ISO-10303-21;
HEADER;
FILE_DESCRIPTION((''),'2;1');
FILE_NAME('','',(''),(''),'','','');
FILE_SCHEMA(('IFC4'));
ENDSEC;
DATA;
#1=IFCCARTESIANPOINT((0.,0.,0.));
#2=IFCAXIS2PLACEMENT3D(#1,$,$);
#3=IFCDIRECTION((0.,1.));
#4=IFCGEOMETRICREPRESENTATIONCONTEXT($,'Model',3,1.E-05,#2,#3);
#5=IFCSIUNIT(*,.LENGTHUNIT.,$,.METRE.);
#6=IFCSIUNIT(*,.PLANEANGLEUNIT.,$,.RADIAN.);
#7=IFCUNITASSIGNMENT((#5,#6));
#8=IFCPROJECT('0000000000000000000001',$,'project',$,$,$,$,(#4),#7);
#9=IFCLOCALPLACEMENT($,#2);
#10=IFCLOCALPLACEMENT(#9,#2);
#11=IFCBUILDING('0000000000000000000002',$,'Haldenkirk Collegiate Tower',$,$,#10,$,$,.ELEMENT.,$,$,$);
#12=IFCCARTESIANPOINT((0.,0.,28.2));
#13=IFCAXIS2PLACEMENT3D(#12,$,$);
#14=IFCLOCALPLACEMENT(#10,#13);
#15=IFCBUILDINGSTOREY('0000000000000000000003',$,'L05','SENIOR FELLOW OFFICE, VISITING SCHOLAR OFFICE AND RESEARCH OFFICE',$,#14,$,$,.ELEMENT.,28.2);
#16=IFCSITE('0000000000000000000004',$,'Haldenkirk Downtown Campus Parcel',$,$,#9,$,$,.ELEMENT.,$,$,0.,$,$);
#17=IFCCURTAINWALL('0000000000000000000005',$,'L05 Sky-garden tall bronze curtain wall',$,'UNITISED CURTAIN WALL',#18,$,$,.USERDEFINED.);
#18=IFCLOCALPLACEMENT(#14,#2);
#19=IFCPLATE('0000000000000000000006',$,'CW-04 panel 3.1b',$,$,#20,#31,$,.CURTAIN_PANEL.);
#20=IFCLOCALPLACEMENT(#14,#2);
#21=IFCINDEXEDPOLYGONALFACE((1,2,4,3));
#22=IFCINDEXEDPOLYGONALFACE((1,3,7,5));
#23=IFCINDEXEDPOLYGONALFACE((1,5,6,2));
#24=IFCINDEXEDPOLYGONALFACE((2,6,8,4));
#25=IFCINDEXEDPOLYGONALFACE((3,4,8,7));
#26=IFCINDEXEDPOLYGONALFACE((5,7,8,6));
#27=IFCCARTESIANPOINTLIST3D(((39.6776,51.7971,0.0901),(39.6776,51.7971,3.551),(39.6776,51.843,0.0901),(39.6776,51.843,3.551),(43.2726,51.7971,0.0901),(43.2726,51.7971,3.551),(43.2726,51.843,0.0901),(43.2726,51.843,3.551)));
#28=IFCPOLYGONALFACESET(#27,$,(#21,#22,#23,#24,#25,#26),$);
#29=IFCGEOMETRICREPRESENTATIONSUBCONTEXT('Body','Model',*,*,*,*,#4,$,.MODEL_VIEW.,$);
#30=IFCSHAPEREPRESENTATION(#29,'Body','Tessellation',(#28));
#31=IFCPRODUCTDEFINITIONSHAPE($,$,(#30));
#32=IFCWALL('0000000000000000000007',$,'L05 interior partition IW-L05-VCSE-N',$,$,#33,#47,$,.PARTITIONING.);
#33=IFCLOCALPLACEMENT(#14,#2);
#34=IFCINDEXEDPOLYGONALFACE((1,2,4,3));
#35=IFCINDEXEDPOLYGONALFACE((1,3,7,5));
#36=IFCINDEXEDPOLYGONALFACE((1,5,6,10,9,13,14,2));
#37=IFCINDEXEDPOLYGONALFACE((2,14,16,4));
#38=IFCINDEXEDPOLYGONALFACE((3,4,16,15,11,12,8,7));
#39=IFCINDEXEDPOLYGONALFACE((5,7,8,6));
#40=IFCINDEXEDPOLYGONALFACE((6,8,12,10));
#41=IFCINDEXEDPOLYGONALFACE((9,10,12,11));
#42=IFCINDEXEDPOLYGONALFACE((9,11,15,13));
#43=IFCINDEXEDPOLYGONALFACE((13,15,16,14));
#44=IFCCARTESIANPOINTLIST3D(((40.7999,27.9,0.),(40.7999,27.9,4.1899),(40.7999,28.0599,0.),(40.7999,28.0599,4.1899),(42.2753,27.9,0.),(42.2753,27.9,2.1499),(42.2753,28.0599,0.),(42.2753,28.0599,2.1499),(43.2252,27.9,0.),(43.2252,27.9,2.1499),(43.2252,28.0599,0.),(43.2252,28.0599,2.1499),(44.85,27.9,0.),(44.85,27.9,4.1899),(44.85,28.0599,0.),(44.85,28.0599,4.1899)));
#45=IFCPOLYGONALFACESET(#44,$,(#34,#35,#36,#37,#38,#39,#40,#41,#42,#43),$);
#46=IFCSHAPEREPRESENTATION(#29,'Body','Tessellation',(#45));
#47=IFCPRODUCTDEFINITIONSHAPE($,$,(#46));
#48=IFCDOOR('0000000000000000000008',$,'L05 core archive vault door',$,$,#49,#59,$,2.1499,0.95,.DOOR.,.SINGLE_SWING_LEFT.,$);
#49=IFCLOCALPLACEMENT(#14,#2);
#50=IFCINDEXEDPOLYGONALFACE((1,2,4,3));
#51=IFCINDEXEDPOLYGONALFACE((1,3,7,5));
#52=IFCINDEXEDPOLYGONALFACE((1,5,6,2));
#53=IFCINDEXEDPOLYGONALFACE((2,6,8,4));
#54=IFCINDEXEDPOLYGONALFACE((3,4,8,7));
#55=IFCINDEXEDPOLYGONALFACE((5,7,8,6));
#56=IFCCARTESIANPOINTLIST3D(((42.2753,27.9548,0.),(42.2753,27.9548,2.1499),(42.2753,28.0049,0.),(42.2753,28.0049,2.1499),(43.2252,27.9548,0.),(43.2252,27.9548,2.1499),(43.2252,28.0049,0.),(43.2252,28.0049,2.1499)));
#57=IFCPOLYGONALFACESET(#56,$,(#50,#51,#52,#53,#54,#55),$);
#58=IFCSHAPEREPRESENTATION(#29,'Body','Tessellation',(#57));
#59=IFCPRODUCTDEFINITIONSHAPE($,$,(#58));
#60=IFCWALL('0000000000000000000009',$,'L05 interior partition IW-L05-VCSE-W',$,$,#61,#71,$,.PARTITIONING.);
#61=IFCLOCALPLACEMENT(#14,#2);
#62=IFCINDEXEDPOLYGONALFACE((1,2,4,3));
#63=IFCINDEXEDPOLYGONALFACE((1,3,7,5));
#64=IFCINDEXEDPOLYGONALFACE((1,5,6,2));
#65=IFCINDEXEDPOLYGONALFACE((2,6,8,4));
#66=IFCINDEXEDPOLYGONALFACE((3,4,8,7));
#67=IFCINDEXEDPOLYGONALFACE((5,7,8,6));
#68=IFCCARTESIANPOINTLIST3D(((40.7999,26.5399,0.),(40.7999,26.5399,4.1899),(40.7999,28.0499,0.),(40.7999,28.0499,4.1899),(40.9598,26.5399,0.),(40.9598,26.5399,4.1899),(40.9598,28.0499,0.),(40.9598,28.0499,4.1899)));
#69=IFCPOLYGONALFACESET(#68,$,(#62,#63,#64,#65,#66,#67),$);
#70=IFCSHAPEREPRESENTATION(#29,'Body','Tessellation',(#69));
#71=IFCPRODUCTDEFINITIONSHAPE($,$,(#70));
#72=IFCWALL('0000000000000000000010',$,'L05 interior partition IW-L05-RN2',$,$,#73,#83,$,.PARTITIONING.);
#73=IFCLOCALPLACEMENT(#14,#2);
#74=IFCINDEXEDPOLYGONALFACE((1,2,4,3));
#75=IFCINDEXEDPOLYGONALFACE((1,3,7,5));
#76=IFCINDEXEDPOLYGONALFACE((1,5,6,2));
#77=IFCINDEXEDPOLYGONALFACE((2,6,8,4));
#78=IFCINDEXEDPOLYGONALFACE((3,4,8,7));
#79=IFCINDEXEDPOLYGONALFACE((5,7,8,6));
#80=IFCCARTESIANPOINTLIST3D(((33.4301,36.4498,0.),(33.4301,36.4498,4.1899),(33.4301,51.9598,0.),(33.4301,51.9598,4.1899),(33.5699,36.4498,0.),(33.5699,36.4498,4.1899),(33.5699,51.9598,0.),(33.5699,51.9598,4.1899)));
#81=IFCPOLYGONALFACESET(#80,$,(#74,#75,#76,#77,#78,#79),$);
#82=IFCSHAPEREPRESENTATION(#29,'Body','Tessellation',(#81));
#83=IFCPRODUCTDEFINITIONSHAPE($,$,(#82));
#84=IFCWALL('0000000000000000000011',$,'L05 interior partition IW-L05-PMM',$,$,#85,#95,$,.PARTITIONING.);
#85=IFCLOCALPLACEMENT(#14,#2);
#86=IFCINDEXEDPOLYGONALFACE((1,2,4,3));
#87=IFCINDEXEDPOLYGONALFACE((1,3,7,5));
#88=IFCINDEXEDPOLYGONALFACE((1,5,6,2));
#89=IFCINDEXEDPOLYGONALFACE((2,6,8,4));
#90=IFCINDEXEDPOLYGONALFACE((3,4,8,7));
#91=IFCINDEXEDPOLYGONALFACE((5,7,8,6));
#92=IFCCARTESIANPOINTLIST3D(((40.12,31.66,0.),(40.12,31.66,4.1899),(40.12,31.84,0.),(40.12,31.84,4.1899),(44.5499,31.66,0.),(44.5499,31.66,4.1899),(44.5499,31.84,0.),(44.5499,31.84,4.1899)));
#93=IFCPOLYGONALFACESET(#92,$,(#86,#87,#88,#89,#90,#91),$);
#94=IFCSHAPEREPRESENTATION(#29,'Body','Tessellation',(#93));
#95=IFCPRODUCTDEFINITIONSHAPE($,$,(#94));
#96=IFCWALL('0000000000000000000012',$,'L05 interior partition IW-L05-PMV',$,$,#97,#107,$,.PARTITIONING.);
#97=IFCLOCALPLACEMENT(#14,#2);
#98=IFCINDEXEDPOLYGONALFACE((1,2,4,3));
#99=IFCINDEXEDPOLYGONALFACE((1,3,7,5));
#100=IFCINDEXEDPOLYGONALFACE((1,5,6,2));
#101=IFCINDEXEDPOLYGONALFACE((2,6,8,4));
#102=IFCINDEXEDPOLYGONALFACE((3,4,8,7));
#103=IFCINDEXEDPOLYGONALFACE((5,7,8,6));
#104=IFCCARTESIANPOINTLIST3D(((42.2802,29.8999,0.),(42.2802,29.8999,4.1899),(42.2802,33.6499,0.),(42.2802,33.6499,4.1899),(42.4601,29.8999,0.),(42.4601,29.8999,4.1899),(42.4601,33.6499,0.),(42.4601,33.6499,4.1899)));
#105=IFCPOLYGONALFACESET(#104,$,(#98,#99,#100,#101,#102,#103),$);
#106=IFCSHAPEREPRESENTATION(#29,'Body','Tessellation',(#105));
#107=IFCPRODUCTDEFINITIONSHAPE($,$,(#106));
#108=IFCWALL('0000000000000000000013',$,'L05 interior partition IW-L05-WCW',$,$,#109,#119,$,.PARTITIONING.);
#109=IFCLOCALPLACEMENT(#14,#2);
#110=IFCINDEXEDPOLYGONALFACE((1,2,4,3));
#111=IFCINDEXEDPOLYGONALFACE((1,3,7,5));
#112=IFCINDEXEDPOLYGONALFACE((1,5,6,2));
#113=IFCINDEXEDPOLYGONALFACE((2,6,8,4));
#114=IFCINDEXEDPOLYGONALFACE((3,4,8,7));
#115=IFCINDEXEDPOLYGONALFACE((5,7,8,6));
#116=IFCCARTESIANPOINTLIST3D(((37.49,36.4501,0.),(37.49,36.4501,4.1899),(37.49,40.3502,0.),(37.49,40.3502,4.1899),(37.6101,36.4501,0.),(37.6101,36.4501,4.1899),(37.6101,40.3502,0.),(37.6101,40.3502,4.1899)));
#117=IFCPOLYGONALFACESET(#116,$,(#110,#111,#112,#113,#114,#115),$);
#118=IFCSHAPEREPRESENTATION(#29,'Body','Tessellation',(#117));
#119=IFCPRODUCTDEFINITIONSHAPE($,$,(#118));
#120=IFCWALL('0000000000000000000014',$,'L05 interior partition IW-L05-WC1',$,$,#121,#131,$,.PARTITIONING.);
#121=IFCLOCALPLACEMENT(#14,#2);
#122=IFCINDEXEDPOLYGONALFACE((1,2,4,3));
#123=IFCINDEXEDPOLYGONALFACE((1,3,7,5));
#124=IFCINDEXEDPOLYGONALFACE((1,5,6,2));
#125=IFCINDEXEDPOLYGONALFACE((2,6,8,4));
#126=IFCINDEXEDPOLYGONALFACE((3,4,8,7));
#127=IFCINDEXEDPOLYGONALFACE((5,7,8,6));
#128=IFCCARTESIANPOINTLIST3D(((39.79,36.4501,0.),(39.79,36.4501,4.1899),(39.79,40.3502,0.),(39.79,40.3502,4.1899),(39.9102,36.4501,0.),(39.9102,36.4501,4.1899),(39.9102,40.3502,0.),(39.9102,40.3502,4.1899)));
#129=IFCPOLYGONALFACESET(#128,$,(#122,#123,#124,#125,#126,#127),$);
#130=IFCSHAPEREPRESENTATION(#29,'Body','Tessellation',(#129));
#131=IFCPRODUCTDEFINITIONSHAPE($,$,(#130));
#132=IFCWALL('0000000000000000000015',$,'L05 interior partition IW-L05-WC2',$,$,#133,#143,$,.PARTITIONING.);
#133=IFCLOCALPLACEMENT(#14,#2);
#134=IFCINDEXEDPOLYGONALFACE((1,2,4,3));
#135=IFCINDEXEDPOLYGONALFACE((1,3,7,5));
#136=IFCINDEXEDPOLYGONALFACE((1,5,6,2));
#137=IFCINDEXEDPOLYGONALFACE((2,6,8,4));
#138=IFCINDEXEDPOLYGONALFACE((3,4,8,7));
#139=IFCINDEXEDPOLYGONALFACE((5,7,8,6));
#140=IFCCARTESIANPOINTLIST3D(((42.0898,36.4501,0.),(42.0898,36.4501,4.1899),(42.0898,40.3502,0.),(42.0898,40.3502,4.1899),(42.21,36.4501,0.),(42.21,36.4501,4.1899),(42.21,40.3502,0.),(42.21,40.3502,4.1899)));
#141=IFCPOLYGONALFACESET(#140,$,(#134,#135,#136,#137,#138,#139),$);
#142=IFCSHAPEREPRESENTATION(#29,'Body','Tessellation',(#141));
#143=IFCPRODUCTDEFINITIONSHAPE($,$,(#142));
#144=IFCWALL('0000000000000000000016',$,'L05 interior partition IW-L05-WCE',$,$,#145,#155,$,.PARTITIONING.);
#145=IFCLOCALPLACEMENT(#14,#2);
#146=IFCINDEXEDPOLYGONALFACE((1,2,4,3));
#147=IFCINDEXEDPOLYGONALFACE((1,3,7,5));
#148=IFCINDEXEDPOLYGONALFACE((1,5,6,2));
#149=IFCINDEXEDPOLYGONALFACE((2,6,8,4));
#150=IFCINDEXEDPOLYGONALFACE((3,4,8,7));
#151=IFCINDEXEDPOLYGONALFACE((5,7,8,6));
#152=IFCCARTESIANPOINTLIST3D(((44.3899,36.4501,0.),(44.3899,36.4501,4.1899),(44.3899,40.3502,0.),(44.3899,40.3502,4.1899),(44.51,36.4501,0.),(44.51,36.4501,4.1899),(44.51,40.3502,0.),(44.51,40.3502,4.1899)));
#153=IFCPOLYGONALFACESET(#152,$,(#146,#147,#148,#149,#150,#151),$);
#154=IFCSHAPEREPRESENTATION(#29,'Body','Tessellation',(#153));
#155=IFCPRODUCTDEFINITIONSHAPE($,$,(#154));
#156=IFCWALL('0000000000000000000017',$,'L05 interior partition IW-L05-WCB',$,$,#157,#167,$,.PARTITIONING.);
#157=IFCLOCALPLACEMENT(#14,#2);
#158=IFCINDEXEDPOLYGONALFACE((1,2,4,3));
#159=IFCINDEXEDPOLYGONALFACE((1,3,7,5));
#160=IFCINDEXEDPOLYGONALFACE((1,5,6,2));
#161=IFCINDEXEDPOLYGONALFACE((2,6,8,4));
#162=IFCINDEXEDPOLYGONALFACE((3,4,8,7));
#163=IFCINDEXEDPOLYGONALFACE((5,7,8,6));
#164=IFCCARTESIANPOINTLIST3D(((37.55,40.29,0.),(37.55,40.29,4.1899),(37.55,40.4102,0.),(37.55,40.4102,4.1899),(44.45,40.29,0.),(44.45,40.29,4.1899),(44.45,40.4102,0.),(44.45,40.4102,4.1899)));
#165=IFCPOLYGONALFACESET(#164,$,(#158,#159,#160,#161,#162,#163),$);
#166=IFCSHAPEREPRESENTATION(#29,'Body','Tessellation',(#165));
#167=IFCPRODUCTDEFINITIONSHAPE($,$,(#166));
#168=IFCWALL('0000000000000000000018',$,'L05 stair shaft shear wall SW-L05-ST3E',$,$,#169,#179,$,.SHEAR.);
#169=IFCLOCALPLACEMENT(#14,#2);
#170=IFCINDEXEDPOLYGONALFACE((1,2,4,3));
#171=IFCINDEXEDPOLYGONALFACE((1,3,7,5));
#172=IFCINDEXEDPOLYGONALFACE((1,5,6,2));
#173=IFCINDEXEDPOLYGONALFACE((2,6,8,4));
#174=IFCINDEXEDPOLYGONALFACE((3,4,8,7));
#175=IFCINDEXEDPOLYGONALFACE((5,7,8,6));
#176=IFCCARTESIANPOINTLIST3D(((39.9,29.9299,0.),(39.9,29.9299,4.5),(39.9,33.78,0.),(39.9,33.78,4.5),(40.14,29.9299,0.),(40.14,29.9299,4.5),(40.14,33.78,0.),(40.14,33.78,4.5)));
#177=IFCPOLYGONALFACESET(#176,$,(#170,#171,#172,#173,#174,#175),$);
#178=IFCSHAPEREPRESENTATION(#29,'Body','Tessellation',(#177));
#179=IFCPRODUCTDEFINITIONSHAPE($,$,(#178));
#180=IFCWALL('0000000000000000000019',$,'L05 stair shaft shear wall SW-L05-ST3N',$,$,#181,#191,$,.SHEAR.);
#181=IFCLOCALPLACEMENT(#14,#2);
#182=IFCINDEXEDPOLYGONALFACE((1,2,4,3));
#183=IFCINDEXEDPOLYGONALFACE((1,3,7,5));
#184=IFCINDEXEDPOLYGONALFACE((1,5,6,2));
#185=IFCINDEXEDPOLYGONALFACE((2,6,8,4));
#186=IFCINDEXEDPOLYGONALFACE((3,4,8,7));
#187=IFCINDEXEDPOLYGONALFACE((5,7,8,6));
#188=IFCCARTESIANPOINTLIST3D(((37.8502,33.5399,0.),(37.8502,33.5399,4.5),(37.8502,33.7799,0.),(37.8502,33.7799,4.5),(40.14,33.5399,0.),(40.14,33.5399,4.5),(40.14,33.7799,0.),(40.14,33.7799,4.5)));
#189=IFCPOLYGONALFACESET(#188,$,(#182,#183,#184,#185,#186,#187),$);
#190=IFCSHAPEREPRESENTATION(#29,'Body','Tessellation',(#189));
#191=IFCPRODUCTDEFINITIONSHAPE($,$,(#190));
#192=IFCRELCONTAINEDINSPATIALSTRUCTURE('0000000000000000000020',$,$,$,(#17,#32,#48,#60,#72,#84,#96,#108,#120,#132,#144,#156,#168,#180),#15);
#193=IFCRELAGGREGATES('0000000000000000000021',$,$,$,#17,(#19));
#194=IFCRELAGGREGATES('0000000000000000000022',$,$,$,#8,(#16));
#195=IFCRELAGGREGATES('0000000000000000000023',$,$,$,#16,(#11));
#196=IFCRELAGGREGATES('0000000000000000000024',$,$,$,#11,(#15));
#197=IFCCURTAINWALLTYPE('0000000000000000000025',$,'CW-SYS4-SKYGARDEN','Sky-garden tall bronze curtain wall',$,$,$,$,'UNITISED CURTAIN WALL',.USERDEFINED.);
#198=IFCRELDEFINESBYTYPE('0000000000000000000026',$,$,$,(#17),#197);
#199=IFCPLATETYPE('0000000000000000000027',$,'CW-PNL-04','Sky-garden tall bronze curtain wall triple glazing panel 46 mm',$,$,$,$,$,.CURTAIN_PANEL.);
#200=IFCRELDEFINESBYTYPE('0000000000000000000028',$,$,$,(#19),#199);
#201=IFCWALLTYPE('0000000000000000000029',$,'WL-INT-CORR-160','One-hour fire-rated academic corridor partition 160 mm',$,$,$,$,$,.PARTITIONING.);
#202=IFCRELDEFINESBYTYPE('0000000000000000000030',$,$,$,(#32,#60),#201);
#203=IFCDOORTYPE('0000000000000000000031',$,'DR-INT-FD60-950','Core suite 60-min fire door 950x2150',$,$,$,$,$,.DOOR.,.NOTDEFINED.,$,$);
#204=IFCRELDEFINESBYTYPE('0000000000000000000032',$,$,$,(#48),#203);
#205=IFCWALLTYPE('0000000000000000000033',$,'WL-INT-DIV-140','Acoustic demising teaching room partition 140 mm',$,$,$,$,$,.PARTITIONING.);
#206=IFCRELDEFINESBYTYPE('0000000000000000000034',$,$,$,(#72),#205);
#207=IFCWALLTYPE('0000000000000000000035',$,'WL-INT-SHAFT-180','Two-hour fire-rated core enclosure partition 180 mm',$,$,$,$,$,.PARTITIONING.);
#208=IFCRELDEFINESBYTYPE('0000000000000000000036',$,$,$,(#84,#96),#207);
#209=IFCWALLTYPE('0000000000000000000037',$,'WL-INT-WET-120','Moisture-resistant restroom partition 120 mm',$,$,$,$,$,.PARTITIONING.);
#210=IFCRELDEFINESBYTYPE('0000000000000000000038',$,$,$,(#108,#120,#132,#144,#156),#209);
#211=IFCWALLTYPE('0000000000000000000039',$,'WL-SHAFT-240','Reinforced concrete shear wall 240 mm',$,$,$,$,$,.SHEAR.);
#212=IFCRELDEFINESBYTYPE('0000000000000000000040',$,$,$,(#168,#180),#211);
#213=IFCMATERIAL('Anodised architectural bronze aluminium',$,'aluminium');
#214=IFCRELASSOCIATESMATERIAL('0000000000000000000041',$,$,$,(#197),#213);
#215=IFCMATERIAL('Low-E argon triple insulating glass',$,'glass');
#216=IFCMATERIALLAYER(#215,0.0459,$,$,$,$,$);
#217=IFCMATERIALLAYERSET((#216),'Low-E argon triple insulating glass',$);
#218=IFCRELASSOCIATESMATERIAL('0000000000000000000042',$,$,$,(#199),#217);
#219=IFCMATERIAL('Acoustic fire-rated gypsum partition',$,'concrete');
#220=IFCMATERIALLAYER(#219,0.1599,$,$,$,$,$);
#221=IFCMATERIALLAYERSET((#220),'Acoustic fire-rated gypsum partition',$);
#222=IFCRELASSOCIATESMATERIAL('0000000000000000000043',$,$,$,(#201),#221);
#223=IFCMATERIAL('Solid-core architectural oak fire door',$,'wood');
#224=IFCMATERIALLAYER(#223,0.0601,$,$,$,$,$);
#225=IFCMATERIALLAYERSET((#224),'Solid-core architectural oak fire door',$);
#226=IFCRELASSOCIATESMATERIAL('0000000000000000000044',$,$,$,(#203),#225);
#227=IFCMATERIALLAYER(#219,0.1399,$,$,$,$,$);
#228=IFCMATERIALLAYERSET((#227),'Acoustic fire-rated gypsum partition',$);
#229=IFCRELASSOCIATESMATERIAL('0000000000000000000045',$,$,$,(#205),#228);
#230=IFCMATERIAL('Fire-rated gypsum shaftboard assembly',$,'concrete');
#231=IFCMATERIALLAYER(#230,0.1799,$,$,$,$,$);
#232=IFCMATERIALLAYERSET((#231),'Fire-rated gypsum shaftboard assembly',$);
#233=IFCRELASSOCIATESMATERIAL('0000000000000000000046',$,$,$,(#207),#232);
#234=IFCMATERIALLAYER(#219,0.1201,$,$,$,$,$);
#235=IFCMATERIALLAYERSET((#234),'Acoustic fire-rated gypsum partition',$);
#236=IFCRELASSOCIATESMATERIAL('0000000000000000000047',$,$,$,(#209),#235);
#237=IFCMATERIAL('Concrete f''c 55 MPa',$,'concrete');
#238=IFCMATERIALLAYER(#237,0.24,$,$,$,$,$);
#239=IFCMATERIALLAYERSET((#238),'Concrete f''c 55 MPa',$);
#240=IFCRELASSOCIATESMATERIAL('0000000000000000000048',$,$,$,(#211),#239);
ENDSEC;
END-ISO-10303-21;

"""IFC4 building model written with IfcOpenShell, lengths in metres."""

from ifc_helpers import new_model, si_unit, direction, frame, frame_2d, origin, origin_2d, place, context, subcontext, project, spatial, rectangle, extrude, source, transform, mapped, material, layer, layer_set, type_object, element, fill, aggregate, save


model = new_model("IFC4")

# Units and contexts
model_context = context("Model", 3, precision=1e-05, world=origin(), true_north=direction((0.0, 1.0)))
body_context = subcontext(model_context, "Body", "Model", "MODEL_VIEW")
ifc_project = project(units=[si_unit("LENGTHUNIT", "METRE"), si_unit("PLANEANGLEUNIT", "RADIAN")], contexts=[model_context])

# Site, building, storey
site_placement = place(None, origin())
site = spatial("IfcSite", under=ifc_project, at=site_placement, Name="Haldenkirk Downtown Campus Parcel", CompositionType="ELEMENT", RefElevation=0.0)
building_placement = place(site_placement, origin())
building = spatial("IfcBuilding", under=site, at=building_placement, Name="Haldenkirk Collegiate Tower", CompositionType="ELEMENT")
storey_placement = place(building_placement, frame((0.0, 0.0, 28.2)))
storey = spatial("IfcBuildingStorey", under=building, at=storey_placement, Name="L05", Description="SENIOR FELLOW OFFICE, VISITING SCHOLAR OFFICE AND RESEARCH OFFICE", CompositionType="ELEMENT", Elevation=28.2)

# Curtain wall
ifc_material_1 = material(Name="Anodised architectural bronze aluminium", Category="aluminium")
curtain_wall_type = type_object("IfcCurtainWallType", Name="CW-SYS4-SKYGARDEN", Description="Sky-garden tall bronze curtain wall", ElementType="UNITISED CURTAIN WALL", PredefinedType="USERDEFINED", material=ifc_material_1)
curtain_wall_placement = place(storey_placement, origin())
curtain_wall = element("IfcCurtainWall", 1, at=curtain_wall_placement, inside=storey, type_object=curtain_wall_type, Name="L05 Sky-garden tall bronze curtain wall", ObjectType="UNITISED CURTAIN WALL", PredefinedType="USERDEFINED")

# Plate
ifc_material_2 = material(Name="Low-E argon triple insulating glass", Category="glass")
ifc_layer_1 = layer(ifc_material_2, 0.0459)
ifc_layer_set_1 = layer_set([ifc_layer_1], Name="Low-E argon triple insulating glass")
plate_type_1 = type_object("IfcPlateType", Name="CW-PNL-04", Description="Sky-garden tall bronze curtain wall triple glazing panel 46 mm", PredefinedType="CURTAIN_PANEL", material=ifc_layer_set_1)
shared_shape_1 = source(origin(), body_context, "Body", "SweptSolid", [
    extrude(rectangle(XDim=3.595, YDim=0.0459, at=origin_2d()), origin(), (0.0, 0.0, 1.0), 3.4609),
])
plate_1_placement = place(storey_placement, frame((41.4751, 51.8201, 0.0901), z_axis=(0.0, 0.0, 1.0), x_axis=(1.0, 0.0, 0.0)))
plate_1 = element("IfcPlate", 2, at=plate_1_placement, type_object=plate_type_1, Name="CW-04 panel 3.1b", PredefinedType="CURTAIN_PANEL", context=body_context, shape_type="MappedRepresentation", body=[
    mapped(shared_shape_1, transform((0.0, 0.0, 0.0), x_axis=(1.0, 0.0, 0.0), y_axis=(0.0, 1.0, 0.0), z_axis=(0.0, 0.0, 1.0), scale=1.0)),
])
aggregate(curtain_wall, [plate_1])

# Wall, opening, door
ifc_material_3 = material(Name="Acoustic fire-rated gypsum partition", Category="concrete")
ifc_layer_2 = layer(ifc_material_3, 0.1599)
ifc_layer_set_2 = layer_set([ifc_layer_2], Name="Acoustic fire-rated gypsum partition")
wall_type_1 = type_object("IfcWallType", Name="WL-INT-CORR-160", Description="One-hour fire-rated academic corridor partition 160 mm", PredefinedType="PARTITIONING", material=ifc_layer_set_2)
wall_1_placement = place(storey_placement, frame((40.8, 27.98, 0.0), z_axis=(0.0, 0.0, 1.0), x_axis=(1.0, 0.0, 0.0)))
wall_1 = element("IfcWall", 3, at=wall_1_placement, inside=storey, type_object=wall_type_1, Name="L05 interior partition IW-L05-VCSE-N", PredefinedType="PARTITIONING", context=body_context, shape_type="SweptSolid", body=[
    extrude(rectangle(XDim=4.05, YDim=0.1599, at=frame_2d((2.0249, 0.0))), origin(), (0.0, 0.0, 1.0), 4.1899),
])
opening_1_placement = place(wall_1_placement, frame((1.4751, 0.0, 0.0)))
opening_1 = element("IfcOpeningElement", 4, at=opening_1_placement, cuts=wall_1, PredefinedType="OPENING", context=body_context, shape_type="SweptSolid", body=[
    extrude(rectangle(XDim=0.95, YDim=2.1499, at=frame_2d((0.4751, 1.075))), frame((0.0, 0.0898, 0.0), z_axis=(0.0, -1.0, 0.0), x_axis=(1.0, 0.0, 0.0)), (0.0, 0.0, 1.0), 0.1799),
])
ifc_material_4 = material(Name="Solid-core architectural oak fire door", Category="wood")
ifc_layer_3 = layer(ifc_material_4, 0.0601)
ifc_layer_set_3 = layer_set([ifc_layer_3], Name="Solid-core architectural oak fire door")
door_type_1 = type_object("IfcDoorType", Name="DR-INT-FD60-950", Description="Core suite 60-min fire door 950x2150", OperationType="NOTDEFINED", PredefinedType="DOOR", material=ifc_layer_set_3)
door_1_placement = place(opening_1_placement, origin())
door_1 = element("IfcDoor", 5, at=door_1_placement, inside=storey, type_object=door_type_1, Name="L05 core archive vault door", OperationType="SINGLE_SWING_LEFT", OverallHeight=2.1499, OverallWidth=0.95, PredefinedType="DOOR", context=body_context, shape_type="SweptSolid", body=[
    extrude(rectangle(XDim=0.95, YDim=2.1499, at=frame_2d((0.4751, 1.075))), frame((0.0, 0.0249, 0.0), z_axis=(0.0, -1.0, 0.0), x_axis=(1.0, 0.0, 0.0)), (0.0, 0.0, 1.0), 0.05),
])
fill(opening_1, door_1)

# Walls
wall_2_placement = place(storey_placement, frame((40.8799, 26.54, 0.0), z_axis=(0.0, 0.0, 1.0), x_axis=(0.0, 1.0, 0.0)))
element("IfcWall", 6, at=wall_2_placement, inside=storey, type_object=wall_type_1, Name="L05 interior partition IW-L05-VCSE-W", PredefinedType="PARTITIONING", context=body_context, shape_type="SweptSolid", body=[
    extrude(rectangle(XDim=1.51, YDim=0.1599, at=frame_2d((0.7549, 0.0))), origin(), (0.0, 0.0, 1.0), 4.1899),
])
ifc_layer_4 = layer(ifc_material_3, 0.1399)
ifc_layer_set_4 = layer_set([ifc_layer_4], Name="Acoustic fire-rated gypsum partition")
wall_type_2 = type_object("IfcWallType", Name="WL-INT-DIV-140", Description="Acoustic demising teaching room partition 140 mm", PredefinedType="PARTITIONING", material=ifc_layer_set_4)
wall_3_placement = place(storey_placement, frame((33.5, 36.45, 0.0), z_axis=(0.0, 0.0, 1.0), x_axis=(0.0, 1.0, 0.0)))
element("IfcWall", 7, at=wall_3_placement, inside=storey, type_object=wall_type_2, Name="L05 interior partition IW-L05-RN2", PredefinedType="PARTITIONING", context=body_context, shape_type="SweptSolid", body=[
    extrude(rectangle(XDim=15.51, YDim=0.1399, at=frame_2d((7.7549, 0.0))), origin(), (0.0, 0.0, 1.0), 4.1899),
])

# Shared definitions
ifc_material_5 = material(Name="Fire-rated gypsum shaftboard assembly", Category="concrete")
ifc_layer_5 = layer(ifc_material_5, 0.1799)
ifc_layer_set_5 = layer_set([ifc_layer_5], Name="Fire-rated gypsum shaftboard assembly")
wall_type_3 = type_object("IfcWallType", Name="WL-INT-SHAFT-180", Description="Two-hour fire-rated core enclosure partition 180 mm", PredefinedType="PARTITIONING", material=ifc_layer_set_5)

# Walls
wall_4_placement = place(storey_placement, frame((40.1201, 31.75, 0.0), z_axis=(0.0, 0.0, 1.0), x_axis=(1.0, 0.0, 0.0)))
element("IfcWall", 8, at=wall_4_placement, inside=storey, type_object=wall_type_3, Name="L05 interior partition IW-L05-PMM", PredefinedType="PARTITIONING", context=body_context, shape_type="SweptSolid", body=[
    extrude(rectangle(XDim=4.4299, YDim=0.1799, at=frame_2d((2.2148, 0.0))), origin(), (0.0, 0.0, 1.0), 4.1899),
])
wall_5_placement = place(storey_placement, frame((42.3701, 29.8999, 0.0), z_axis=(0.0, 0.0, 1.0), x_axis=(0.0, 1.0, 0.0)))
element("IfcWall", 9, at=wall_5_placement, inside=storey, type_object=wall_type_3, Name="L05 interior partition IW-L05-PMV", PredefinedType="PARTITIONING", context=body_context, shape_type="SweptSolid", body=[
    extrude(rectangle(XDim=3.75, YDim=0.1799, at=frame_2d((1.875, 0.0))), origin(), (0.0, 0.0, 1.0), 4.1899),
])
ifc_layer_6 = layer(ifc_material_3, 0.1201)
ifc_layer_set_6 = layer_set([ifc_layer_6], Name="Acoustic fire-rated gypsum partition")
wall_type_4 = type_object("IfcWallType", Name="WL-INT-WET-120", Description="Moisture-resistant restroom partition 120 mm", PredefinedType="PARTITIONING", material=ifc_layer_set_6)
for number, where, z_axis, x_axis, name in (
    (10, (37.55, 36.45, 0.0), (0.0, 0.0, 1.0), (0.0, 1.0, 0.0), "L05 interior partition IW-L05-WCW"),
    (11, (39.8501, 36.45, 0.0), (0.0, 0.0, 1.0), (0.0, 1.0, 0.0), "L05 interior partition IW-L05-WC1"),
    (12, (42.1499, 36.45, 0.0), (0.0, 0.0, 1.0), (0.0, 1.0, 0.0), "L05 interior partition IW-L05-WC2"),
    (13, (44.45, 36.45, 0.0), (0.0, 0.0, 1.0), (0.0, 1.0, 0.0), "L05 interior partition IW-L05-WCE"),
):
    element("IfcWall", number, at=place(storey_placement, frame(where, z_axis=z_axis, x_axis=x_axis)), inside=storey, type_object=wall_type_4, Name=name, PredefinedType="PARTITIONING", context=body_context, shape_type="SweptSolid", body=[
        extrude(rectangle(XDim=3.9001, YDim=0.1201, at=frame_2d((1.9502, 0.0))), origin(), (0.0, 0.0, 1.0), 4.1899),
    ])
wall_6_placement = place(storey_placement, frame((37.55, 40.3501, 0.0), z_axis=(0.0, 0.0, 1.0), x_axis=(1.0, 0.0, 0.0)))
element("IfcWall", 14, at=wall_6_placement, inside=storey, type_object=wall_type_4, Name="L05 interior partition IW-L05-WCB", PredefinedType="PARTITIONING", context=body_context, shape_type="SweptSolid", body=[
    extrude(rectangle(XDim=6.8999, YDim=0.1201, at=frame_2d((3.45, 0.0))), origin(), (0.0, 0.0, 1.0), 4.1899),
])
ifc_material_6 = material(Name="Concrete f'c 55 MPa", Category="concrete")
ifc_layer_7 = layer(ifc_material_6, 0.24)
ifc_layer_set_7 = layer_set([ifc_layer_7], Name="Concrete f'c 55 MPa")
wall_type_5 = type_object("IfcWallType", Name="WL-SHAFT-240", Description="Reinforced concrete shear wall 240 mm", PredefinedType="SHEAR", material=ifc_layer_set_7)
wall_7_placement = place(storey_placement, frame((40.02, 29.9299, 0.0), z_axis=(0.0, 0.0, 1.0), x_axis=(0.0, 1.0, 0.0)))
element("IfcWall", 15, at=wall_7_placement, inside=storey, type_object=wall_type_5, Name="L05 stair shaft shear wall SW-L05-ST3E", PredefinedType="SHEAR", context=body_context, shape_type="SweptSolid", body=[
    extrude(rectangle(XDim=3.8501, YDim=0.24, at=frame_2d((1.925, 0.0))), origin(), (0.0, 0.0, 1.0), 4.5),
])
wall_8_placement = place(storey_placement, frame((37.8501, 33.6599, 0.0), z_axis=(0.0, 0.0, 1.0), x_axis=(1.0, 0.0, 0.0)))
element("IfcWall", 16, at=wall_8_placement, inside=storey, type_object=wall_type_5, Name="L05 stair shaft shear wall SW-L05-ST3N", PredefinedType="SHEAR", context=body_context, shape_type="SweptSolid", body=[
    extrude(rectangle(XDim=2.2898, YDim=0.24, at=frame_2d((1.145, 0.0))), origin(), (0.0, 0.0, 1.0), 4.5),
])

save(model, "model.ifc")
